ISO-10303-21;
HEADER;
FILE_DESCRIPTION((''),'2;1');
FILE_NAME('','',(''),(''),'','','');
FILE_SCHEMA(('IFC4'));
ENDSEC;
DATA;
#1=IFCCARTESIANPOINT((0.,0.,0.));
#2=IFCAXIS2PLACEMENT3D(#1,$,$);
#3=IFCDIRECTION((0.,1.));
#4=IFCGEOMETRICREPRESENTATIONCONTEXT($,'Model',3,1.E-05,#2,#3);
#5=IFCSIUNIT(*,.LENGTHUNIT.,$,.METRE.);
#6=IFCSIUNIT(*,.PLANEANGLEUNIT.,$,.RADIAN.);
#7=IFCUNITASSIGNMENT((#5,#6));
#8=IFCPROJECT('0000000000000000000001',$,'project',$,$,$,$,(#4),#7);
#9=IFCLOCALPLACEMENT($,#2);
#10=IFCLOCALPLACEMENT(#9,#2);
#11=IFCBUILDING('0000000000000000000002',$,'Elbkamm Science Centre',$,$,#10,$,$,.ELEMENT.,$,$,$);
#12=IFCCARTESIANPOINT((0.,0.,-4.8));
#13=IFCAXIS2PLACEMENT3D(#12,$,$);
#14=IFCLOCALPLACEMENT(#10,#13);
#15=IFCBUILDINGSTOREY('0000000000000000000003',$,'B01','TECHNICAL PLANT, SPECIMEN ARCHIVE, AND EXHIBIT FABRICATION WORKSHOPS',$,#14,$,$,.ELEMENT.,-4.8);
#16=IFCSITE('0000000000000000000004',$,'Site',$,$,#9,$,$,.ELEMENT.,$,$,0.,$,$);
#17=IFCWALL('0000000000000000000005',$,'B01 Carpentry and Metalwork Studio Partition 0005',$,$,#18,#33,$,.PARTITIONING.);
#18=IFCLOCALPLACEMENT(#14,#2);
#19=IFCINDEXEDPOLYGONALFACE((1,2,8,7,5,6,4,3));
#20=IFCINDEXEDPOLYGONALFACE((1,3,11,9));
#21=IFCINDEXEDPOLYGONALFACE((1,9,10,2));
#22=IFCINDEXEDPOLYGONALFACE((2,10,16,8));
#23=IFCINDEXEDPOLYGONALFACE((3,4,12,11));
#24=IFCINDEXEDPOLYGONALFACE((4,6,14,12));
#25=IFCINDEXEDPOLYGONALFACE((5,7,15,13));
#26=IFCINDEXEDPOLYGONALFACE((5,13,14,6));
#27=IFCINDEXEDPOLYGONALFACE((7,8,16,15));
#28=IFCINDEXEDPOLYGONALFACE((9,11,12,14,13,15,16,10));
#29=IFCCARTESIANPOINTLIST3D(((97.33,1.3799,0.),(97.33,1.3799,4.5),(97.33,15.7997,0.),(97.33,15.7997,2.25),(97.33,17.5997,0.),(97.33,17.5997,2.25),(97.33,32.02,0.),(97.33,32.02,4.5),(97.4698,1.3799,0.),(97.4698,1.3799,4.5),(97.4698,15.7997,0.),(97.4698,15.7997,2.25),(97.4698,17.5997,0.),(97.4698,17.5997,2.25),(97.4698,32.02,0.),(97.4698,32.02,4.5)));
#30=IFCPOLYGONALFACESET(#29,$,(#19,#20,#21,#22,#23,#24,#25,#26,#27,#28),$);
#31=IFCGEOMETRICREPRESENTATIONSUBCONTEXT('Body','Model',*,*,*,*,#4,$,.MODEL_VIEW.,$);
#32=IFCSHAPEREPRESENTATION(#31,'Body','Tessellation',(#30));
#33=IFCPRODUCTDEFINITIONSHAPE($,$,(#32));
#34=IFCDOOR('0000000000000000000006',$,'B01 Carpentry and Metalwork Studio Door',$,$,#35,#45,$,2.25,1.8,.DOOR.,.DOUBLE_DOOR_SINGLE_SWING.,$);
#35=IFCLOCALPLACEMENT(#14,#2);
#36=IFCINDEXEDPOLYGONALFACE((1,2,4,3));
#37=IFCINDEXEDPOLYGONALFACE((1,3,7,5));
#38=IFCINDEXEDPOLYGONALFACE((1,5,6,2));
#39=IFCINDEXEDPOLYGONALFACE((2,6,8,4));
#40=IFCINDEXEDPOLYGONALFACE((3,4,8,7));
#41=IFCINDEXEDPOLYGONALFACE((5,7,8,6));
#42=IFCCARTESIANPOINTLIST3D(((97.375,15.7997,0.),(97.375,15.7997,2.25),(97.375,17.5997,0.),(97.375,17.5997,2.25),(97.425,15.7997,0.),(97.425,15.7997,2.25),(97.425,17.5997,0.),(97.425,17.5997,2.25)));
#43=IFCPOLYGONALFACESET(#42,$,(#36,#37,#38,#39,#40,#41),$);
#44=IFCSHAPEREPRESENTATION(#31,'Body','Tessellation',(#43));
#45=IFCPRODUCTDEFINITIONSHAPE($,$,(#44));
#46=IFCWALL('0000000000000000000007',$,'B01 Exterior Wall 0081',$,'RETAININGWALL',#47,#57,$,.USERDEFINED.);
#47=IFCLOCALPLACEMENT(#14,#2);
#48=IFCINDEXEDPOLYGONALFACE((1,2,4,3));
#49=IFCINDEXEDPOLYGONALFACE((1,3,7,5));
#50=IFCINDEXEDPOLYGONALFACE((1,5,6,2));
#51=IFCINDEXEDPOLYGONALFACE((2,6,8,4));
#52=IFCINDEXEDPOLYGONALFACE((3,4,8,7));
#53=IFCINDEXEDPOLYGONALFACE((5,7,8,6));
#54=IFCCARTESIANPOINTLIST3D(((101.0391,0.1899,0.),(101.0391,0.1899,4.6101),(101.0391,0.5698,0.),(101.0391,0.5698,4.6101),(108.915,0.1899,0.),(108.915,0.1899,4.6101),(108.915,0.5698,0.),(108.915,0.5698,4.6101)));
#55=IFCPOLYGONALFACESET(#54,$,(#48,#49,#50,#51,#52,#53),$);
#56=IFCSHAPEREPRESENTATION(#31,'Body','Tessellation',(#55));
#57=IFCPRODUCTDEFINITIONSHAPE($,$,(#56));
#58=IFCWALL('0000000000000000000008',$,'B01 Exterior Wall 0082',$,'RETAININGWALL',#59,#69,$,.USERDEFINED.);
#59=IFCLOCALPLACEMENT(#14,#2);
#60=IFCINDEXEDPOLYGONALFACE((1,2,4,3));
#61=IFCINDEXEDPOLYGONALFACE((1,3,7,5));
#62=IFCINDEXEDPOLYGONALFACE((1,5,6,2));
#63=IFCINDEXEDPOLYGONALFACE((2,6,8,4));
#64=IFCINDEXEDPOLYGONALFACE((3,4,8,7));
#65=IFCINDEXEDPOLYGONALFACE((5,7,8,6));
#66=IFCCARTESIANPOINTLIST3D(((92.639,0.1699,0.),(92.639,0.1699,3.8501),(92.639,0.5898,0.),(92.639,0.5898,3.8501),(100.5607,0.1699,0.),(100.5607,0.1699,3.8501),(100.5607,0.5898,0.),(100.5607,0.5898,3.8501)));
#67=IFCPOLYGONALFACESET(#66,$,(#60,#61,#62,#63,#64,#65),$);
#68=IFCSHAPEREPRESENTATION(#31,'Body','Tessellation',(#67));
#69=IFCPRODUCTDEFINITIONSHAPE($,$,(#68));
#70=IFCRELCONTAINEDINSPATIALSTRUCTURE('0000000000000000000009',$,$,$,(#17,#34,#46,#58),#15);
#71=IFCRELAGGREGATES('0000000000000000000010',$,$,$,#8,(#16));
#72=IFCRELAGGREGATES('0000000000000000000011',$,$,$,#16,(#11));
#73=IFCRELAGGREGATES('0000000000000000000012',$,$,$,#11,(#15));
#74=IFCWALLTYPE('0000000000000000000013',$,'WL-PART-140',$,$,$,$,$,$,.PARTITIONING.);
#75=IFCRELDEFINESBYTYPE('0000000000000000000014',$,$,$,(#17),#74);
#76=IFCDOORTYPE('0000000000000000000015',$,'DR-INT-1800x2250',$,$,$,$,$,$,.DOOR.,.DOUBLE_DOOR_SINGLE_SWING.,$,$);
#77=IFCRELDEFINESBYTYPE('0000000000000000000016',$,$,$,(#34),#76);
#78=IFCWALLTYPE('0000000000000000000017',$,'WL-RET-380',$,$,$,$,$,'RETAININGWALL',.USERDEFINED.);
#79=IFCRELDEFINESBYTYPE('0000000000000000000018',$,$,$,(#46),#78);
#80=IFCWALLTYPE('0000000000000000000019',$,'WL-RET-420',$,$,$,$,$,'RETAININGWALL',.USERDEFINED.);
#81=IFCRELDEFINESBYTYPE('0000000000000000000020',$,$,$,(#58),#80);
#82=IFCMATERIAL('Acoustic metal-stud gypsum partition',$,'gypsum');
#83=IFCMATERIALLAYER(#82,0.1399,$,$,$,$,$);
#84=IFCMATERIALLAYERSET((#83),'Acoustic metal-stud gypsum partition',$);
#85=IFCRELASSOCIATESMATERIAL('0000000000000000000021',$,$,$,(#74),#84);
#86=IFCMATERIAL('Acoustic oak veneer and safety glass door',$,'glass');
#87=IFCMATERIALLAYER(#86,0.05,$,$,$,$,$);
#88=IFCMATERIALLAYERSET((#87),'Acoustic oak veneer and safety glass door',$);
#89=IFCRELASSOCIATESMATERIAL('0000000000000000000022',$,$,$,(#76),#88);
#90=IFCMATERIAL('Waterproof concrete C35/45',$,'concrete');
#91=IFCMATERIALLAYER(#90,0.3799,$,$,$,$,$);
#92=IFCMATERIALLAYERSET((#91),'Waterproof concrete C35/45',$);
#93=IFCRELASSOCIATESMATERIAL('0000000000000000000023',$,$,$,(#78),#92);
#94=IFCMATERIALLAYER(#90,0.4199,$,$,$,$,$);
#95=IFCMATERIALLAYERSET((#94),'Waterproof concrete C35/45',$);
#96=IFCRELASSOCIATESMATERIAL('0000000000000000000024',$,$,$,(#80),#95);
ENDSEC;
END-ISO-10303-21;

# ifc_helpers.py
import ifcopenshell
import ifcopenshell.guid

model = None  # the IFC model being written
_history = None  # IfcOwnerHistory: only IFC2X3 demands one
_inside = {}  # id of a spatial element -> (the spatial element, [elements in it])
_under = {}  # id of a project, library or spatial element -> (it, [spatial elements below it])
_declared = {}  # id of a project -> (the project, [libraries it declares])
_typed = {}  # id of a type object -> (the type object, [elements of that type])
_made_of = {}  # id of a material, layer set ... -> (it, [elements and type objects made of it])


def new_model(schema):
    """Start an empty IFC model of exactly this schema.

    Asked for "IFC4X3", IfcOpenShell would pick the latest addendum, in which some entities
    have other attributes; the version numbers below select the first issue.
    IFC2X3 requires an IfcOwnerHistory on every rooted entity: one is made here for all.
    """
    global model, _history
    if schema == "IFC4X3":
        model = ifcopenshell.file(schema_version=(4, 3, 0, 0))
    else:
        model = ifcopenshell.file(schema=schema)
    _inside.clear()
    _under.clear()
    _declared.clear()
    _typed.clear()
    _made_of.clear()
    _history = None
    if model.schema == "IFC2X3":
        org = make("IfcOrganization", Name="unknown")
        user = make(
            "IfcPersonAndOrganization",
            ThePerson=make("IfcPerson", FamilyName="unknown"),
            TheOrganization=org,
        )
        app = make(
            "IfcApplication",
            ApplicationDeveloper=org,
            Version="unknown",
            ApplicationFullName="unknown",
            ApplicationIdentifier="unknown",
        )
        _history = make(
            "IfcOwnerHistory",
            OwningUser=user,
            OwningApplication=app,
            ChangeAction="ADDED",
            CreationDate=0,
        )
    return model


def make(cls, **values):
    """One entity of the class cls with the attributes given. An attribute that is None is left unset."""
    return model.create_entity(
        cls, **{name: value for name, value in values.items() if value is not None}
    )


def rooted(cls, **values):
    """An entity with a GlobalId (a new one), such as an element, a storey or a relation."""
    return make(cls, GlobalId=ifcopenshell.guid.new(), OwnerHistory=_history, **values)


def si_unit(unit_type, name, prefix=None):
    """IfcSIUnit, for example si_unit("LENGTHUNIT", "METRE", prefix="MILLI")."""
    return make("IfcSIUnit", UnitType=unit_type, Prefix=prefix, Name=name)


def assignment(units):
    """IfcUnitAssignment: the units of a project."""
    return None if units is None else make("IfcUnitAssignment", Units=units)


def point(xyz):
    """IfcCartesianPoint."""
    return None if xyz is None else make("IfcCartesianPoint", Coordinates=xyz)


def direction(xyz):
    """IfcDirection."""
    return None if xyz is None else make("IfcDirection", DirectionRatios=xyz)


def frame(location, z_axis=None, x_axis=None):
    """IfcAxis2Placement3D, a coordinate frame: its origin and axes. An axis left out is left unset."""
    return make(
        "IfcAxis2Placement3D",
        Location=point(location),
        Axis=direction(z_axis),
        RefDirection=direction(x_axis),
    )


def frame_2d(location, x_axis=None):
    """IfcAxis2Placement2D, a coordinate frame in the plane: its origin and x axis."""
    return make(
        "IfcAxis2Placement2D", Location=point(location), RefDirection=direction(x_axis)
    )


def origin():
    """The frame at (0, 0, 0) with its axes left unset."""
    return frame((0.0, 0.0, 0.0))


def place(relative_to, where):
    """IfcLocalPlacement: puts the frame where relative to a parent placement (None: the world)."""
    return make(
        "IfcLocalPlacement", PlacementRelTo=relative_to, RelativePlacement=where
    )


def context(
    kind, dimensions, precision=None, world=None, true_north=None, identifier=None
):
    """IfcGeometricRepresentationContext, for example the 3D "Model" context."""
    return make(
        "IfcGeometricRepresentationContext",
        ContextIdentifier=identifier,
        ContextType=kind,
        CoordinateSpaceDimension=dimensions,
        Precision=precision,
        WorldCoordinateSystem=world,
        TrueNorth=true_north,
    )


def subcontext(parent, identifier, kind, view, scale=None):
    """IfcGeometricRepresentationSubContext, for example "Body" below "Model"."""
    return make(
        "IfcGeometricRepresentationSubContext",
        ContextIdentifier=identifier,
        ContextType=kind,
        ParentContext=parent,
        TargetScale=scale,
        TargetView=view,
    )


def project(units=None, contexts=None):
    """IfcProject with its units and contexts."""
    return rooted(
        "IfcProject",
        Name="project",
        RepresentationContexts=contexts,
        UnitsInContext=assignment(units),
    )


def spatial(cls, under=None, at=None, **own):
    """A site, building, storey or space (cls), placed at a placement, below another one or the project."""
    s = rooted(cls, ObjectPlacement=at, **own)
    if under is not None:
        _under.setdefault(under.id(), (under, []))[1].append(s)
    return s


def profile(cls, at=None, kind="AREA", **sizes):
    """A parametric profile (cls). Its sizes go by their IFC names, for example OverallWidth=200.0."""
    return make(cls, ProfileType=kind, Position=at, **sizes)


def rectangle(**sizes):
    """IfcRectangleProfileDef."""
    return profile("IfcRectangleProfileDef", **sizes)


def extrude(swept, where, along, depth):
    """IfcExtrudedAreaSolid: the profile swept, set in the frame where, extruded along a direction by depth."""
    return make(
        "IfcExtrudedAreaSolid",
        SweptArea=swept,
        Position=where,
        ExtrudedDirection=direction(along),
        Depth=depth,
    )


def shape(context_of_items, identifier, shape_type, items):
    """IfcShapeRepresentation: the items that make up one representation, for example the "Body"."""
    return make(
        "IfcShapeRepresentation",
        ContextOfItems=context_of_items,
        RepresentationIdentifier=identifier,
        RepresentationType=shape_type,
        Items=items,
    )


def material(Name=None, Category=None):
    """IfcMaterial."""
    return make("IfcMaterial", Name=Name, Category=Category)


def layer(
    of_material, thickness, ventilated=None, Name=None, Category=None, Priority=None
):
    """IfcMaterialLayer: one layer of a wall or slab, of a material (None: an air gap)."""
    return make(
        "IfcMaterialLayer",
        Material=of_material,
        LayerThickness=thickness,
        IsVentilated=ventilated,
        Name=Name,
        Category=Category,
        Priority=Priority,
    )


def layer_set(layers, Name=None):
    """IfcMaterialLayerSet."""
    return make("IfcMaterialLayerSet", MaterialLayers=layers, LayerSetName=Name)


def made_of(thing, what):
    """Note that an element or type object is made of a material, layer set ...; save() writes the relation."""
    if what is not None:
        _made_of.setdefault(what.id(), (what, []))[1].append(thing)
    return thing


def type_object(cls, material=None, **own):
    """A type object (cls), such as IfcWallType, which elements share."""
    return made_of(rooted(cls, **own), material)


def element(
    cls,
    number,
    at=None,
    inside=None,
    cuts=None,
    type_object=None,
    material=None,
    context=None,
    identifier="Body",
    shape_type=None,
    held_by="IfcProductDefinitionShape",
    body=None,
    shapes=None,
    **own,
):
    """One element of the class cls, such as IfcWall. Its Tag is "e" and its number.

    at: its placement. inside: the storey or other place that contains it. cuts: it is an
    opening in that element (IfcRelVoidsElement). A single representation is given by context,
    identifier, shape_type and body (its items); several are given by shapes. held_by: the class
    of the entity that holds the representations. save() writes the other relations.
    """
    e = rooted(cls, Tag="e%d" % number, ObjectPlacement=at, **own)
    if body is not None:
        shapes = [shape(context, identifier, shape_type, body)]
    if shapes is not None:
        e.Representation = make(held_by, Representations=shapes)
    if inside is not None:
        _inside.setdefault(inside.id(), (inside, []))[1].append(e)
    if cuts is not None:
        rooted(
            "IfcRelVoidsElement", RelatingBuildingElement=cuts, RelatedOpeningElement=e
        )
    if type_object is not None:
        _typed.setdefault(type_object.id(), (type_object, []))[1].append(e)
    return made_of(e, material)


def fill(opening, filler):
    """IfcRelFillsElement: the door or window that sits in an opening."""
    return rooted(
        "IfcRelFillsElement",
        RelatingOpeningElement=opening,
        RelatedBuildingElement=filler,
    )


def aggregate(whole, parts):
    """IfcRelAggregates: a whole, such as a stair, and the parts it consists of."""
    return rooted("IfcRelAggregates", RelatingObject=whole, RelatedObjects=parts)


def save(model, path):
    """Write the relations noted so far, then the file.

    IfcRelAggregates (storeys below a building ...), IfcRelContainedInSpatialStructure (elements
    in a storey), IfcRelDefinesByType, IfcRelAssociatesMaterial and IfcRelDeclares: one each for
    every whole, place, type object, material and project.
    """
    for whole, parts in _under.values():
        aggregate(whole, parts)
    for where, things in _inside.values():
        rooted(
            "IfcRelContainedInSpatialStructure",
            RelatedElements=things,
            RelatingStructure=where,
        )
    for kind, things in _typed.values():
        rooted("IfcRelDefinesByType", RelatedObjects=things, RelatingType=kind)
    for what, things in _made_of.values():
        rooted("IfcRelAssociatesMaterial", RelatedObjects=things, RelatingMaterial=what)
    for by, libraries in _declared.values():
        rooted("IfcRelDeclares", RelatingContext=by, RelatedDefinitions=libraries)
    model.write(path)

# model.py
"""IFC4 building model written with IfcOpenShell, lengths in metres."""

from ifc_helpers import new_model, si_unit, direction, frame, frame_2d, origin, place, context, subcontext, project, spatial, rectangle, extrude, material, layer, layer_set, type_object, element, fill, save


model = new_model("IFC4")

# Units and contexts
model_context = context("Model", 3, precision=1e-05, world=origin(), true_north=direction((0.0, 1.0)))
body_context = subcontext(model_context, "Body", "Model", "MODEL_VIEW")
ifc_project = project(units=[si_unit("LENGTHUNIT", "METRE"), si_unit("PLANEANGLEUNIT", "RADIAN")], contexts=[model_context])

# Site, building, storey
site_placement = place(None, origin())
site = spatial("IfcSite", under=ifc_project, at=site_placement, Name="Site", CompositionType="ELEMENT", RefElevation=0.0)
building_placement = place(site_placement, origin())
building = spatial("IfcBuilding", under=site, at=building_placement, Name="Elbkamm Science Centre", CompositionType="ELEMENT")
storey_placement = place(building_placement, frame((0.0, 0.0, -4.8)))
storey = spatial("IfcBuildingStorey", under=building, at=storey_placement, Name="B01", Description="TECHNICAL PLANT, SPECIMEN ARCHIVE, AND EXHIBIT FABRICATION WORKSHOPS", CompositionType="ELEMENT", Elevation=-4.8)

# Wall, opening, door
ifc_material_1 = material(Name="Acoustic metal-stud gypsum partition", Category="gypsum")
ifc_layer_1 = layer(ifc_material_1, 0.1399)
ifc_layer_set_1 = layer_set([ifc_layer_1], Name="Acoustic metal-stud gypsum partition")
wall_type_1 = type_object("IfcWallType", Name="WL-PART-140", PredefinedType="PARTITIONING", material=ifc_layer_set_1)
wall_1_placement = place(storey_placement, frame((97.3999, 1.3799, 0.0), z_axis=(0.0, 0.0, 1.0), x_axis=(0.0, 1.0, 0.0)))
wall_1 = element("IfcWall", 1, at=wall_1_placement, inside=storey, type_object=wall_type_1, Name="B01 Carpentry and Metalwork Studio Partition 0005", PredefinedType="PARTITIONING", context=body_context, shape_type="SweptSolid", body=[
    extrude(rectangle(XDim=30.6401, YDim=0.1399, at=frame_2d((15.3201, 0.0))), origin(), (0.0, 0.0, 1.0), 4.5),
])
opening_placement = place(wall_1_placement, frame((14.4199, 0.0, 0.0)))
opening = element("IfcOpeningElement", 2, at=opening_placement, cuts=wall_1, PredefinedType="OPENING", context=body_context, shape_type="SweptSolid", body=[
    extrude(rectangle(XDim=1.8, YDim=2.25, at=frame_2d((0.8999, 1.125))), frame((0.0, 0.082, 0.0), z_axis=(0.0, -1.0, 0.0), x_axis=(1.0, 0.0, 0.0)), (0.0, 0.0, 1.0), 0.1638),
])
ifc_material_2 = material(Name="Acoustic oak veneer and safety glass door", Category="glass")
ifc_layer_2 = layer(ifc_material_2, 0.05)
ifc_layer_set_2 = layer_set([ifc_layer_2], Name="Acoustic oak veneer and safety glass door")
door_type = type_object("IfcDoorType", Name="DR-INT-1800x2250", OperationType="DOUBLE_DOOR_SINGLE_SWING", PredefinedType="DOOR", material=ifc_layer_set_2)
door_placement = place(opening_placement, origin())
door = element("IfcDoor", 3, at=door_placement, inside=storey, type_object=door_type, Name="B01 Carpentry and Metalwork Studio Door", OperationType="DOUBLE_DOOR_SINGLE_SWING", OverallHeight=2.25, OverallWidth=1.8, PredefinedType="DOOR", context=body_context, shape_type="SweptSolid", body=[
    extrude(rectangle(XDim=1.8, YDim=2.25, at=frame_2d((0.8999, 1.125))), frame((0.0, 0.0249, 0.0), z_axis=(0.0, -1.0, 0.0), x_axis=(1.0, 0.0, 0.0)), (0.0, 0.0, 1.0), 0.05),
])
fill(opening, door)

# Walls
ifc_material_3 = material(Name="Waterproof concrete C35/45", Category="concrete")
ifc_layer_3 = layer(ifc_material_3, 0.3799)
ifc_layer_set_3 = layer_set([ifc_layer_3], Name="Waterproof concrete C35/45")
wall_type_2 = type_object("IfcWallType", Name="WL-RET-380", ElementType="RETAININGWALL", PredefinedType="USERDEFINED", material=ifc_layer_set_3)
wall_2_placement = place(storey_placement, frame((108.915, 0.3799, 0.0), z_axis=(0.0, 0.0, 1.0), x_axis=(-1.0, 0.0, 0.0)))
element("IfcWall", 4, at=wall_2_placement, inside=storey, type_object=wall_type_2, Name="B01 Exterior Wall 0081", ObjectType="RETAININGWALL", PredefinedType="USERDEFINED", context=body_context, shape_type="SweptSolid", body=[
    extrude(rectangle(XDim=7.876, YDim=0.3799, at=frame_2d((3.938, 0.0))), origin(), (0.0, 0.0, 1.0), 4.6101),
])
ifc_layer_4 = layer(ifc_material_3, 0.4199)
ifc_layer_set_4 = layer_set([ifc_layer_4], Name="Waterproof concrete C35/45")
wall_type_3 = type_object("IfcWallType", Name="WL-RET-420", ElementType="RETAININGWALL", PredefinedType="USERDEFINED", material=ifc_layer_set_4)
wall_3_placement = place(storey_placement, frame((100.5608, 0.3799, 0.0), z_axis=(0.0, 0.0, 1.0), x_axis=(-1.0, 0.0, 0.0)))
element("IfcWall", 5, at=wall_3_placement, inside=storey, type_object=wall_type_3, Name="B01 Exterior Wall 0082", ObjectType="RETAININGWALL", PredefinedType="USERDEFINED", context=body_context, shape_type="SweptSolid", body=[
    extrude(rectangle(XDim=7.9216, YDim=0.4199, at=frame_2d((3.9609, 0.0))), origin(), (0.0, 0.0, 1.0), 3.8501),
])

save(model, "model.ifc")
